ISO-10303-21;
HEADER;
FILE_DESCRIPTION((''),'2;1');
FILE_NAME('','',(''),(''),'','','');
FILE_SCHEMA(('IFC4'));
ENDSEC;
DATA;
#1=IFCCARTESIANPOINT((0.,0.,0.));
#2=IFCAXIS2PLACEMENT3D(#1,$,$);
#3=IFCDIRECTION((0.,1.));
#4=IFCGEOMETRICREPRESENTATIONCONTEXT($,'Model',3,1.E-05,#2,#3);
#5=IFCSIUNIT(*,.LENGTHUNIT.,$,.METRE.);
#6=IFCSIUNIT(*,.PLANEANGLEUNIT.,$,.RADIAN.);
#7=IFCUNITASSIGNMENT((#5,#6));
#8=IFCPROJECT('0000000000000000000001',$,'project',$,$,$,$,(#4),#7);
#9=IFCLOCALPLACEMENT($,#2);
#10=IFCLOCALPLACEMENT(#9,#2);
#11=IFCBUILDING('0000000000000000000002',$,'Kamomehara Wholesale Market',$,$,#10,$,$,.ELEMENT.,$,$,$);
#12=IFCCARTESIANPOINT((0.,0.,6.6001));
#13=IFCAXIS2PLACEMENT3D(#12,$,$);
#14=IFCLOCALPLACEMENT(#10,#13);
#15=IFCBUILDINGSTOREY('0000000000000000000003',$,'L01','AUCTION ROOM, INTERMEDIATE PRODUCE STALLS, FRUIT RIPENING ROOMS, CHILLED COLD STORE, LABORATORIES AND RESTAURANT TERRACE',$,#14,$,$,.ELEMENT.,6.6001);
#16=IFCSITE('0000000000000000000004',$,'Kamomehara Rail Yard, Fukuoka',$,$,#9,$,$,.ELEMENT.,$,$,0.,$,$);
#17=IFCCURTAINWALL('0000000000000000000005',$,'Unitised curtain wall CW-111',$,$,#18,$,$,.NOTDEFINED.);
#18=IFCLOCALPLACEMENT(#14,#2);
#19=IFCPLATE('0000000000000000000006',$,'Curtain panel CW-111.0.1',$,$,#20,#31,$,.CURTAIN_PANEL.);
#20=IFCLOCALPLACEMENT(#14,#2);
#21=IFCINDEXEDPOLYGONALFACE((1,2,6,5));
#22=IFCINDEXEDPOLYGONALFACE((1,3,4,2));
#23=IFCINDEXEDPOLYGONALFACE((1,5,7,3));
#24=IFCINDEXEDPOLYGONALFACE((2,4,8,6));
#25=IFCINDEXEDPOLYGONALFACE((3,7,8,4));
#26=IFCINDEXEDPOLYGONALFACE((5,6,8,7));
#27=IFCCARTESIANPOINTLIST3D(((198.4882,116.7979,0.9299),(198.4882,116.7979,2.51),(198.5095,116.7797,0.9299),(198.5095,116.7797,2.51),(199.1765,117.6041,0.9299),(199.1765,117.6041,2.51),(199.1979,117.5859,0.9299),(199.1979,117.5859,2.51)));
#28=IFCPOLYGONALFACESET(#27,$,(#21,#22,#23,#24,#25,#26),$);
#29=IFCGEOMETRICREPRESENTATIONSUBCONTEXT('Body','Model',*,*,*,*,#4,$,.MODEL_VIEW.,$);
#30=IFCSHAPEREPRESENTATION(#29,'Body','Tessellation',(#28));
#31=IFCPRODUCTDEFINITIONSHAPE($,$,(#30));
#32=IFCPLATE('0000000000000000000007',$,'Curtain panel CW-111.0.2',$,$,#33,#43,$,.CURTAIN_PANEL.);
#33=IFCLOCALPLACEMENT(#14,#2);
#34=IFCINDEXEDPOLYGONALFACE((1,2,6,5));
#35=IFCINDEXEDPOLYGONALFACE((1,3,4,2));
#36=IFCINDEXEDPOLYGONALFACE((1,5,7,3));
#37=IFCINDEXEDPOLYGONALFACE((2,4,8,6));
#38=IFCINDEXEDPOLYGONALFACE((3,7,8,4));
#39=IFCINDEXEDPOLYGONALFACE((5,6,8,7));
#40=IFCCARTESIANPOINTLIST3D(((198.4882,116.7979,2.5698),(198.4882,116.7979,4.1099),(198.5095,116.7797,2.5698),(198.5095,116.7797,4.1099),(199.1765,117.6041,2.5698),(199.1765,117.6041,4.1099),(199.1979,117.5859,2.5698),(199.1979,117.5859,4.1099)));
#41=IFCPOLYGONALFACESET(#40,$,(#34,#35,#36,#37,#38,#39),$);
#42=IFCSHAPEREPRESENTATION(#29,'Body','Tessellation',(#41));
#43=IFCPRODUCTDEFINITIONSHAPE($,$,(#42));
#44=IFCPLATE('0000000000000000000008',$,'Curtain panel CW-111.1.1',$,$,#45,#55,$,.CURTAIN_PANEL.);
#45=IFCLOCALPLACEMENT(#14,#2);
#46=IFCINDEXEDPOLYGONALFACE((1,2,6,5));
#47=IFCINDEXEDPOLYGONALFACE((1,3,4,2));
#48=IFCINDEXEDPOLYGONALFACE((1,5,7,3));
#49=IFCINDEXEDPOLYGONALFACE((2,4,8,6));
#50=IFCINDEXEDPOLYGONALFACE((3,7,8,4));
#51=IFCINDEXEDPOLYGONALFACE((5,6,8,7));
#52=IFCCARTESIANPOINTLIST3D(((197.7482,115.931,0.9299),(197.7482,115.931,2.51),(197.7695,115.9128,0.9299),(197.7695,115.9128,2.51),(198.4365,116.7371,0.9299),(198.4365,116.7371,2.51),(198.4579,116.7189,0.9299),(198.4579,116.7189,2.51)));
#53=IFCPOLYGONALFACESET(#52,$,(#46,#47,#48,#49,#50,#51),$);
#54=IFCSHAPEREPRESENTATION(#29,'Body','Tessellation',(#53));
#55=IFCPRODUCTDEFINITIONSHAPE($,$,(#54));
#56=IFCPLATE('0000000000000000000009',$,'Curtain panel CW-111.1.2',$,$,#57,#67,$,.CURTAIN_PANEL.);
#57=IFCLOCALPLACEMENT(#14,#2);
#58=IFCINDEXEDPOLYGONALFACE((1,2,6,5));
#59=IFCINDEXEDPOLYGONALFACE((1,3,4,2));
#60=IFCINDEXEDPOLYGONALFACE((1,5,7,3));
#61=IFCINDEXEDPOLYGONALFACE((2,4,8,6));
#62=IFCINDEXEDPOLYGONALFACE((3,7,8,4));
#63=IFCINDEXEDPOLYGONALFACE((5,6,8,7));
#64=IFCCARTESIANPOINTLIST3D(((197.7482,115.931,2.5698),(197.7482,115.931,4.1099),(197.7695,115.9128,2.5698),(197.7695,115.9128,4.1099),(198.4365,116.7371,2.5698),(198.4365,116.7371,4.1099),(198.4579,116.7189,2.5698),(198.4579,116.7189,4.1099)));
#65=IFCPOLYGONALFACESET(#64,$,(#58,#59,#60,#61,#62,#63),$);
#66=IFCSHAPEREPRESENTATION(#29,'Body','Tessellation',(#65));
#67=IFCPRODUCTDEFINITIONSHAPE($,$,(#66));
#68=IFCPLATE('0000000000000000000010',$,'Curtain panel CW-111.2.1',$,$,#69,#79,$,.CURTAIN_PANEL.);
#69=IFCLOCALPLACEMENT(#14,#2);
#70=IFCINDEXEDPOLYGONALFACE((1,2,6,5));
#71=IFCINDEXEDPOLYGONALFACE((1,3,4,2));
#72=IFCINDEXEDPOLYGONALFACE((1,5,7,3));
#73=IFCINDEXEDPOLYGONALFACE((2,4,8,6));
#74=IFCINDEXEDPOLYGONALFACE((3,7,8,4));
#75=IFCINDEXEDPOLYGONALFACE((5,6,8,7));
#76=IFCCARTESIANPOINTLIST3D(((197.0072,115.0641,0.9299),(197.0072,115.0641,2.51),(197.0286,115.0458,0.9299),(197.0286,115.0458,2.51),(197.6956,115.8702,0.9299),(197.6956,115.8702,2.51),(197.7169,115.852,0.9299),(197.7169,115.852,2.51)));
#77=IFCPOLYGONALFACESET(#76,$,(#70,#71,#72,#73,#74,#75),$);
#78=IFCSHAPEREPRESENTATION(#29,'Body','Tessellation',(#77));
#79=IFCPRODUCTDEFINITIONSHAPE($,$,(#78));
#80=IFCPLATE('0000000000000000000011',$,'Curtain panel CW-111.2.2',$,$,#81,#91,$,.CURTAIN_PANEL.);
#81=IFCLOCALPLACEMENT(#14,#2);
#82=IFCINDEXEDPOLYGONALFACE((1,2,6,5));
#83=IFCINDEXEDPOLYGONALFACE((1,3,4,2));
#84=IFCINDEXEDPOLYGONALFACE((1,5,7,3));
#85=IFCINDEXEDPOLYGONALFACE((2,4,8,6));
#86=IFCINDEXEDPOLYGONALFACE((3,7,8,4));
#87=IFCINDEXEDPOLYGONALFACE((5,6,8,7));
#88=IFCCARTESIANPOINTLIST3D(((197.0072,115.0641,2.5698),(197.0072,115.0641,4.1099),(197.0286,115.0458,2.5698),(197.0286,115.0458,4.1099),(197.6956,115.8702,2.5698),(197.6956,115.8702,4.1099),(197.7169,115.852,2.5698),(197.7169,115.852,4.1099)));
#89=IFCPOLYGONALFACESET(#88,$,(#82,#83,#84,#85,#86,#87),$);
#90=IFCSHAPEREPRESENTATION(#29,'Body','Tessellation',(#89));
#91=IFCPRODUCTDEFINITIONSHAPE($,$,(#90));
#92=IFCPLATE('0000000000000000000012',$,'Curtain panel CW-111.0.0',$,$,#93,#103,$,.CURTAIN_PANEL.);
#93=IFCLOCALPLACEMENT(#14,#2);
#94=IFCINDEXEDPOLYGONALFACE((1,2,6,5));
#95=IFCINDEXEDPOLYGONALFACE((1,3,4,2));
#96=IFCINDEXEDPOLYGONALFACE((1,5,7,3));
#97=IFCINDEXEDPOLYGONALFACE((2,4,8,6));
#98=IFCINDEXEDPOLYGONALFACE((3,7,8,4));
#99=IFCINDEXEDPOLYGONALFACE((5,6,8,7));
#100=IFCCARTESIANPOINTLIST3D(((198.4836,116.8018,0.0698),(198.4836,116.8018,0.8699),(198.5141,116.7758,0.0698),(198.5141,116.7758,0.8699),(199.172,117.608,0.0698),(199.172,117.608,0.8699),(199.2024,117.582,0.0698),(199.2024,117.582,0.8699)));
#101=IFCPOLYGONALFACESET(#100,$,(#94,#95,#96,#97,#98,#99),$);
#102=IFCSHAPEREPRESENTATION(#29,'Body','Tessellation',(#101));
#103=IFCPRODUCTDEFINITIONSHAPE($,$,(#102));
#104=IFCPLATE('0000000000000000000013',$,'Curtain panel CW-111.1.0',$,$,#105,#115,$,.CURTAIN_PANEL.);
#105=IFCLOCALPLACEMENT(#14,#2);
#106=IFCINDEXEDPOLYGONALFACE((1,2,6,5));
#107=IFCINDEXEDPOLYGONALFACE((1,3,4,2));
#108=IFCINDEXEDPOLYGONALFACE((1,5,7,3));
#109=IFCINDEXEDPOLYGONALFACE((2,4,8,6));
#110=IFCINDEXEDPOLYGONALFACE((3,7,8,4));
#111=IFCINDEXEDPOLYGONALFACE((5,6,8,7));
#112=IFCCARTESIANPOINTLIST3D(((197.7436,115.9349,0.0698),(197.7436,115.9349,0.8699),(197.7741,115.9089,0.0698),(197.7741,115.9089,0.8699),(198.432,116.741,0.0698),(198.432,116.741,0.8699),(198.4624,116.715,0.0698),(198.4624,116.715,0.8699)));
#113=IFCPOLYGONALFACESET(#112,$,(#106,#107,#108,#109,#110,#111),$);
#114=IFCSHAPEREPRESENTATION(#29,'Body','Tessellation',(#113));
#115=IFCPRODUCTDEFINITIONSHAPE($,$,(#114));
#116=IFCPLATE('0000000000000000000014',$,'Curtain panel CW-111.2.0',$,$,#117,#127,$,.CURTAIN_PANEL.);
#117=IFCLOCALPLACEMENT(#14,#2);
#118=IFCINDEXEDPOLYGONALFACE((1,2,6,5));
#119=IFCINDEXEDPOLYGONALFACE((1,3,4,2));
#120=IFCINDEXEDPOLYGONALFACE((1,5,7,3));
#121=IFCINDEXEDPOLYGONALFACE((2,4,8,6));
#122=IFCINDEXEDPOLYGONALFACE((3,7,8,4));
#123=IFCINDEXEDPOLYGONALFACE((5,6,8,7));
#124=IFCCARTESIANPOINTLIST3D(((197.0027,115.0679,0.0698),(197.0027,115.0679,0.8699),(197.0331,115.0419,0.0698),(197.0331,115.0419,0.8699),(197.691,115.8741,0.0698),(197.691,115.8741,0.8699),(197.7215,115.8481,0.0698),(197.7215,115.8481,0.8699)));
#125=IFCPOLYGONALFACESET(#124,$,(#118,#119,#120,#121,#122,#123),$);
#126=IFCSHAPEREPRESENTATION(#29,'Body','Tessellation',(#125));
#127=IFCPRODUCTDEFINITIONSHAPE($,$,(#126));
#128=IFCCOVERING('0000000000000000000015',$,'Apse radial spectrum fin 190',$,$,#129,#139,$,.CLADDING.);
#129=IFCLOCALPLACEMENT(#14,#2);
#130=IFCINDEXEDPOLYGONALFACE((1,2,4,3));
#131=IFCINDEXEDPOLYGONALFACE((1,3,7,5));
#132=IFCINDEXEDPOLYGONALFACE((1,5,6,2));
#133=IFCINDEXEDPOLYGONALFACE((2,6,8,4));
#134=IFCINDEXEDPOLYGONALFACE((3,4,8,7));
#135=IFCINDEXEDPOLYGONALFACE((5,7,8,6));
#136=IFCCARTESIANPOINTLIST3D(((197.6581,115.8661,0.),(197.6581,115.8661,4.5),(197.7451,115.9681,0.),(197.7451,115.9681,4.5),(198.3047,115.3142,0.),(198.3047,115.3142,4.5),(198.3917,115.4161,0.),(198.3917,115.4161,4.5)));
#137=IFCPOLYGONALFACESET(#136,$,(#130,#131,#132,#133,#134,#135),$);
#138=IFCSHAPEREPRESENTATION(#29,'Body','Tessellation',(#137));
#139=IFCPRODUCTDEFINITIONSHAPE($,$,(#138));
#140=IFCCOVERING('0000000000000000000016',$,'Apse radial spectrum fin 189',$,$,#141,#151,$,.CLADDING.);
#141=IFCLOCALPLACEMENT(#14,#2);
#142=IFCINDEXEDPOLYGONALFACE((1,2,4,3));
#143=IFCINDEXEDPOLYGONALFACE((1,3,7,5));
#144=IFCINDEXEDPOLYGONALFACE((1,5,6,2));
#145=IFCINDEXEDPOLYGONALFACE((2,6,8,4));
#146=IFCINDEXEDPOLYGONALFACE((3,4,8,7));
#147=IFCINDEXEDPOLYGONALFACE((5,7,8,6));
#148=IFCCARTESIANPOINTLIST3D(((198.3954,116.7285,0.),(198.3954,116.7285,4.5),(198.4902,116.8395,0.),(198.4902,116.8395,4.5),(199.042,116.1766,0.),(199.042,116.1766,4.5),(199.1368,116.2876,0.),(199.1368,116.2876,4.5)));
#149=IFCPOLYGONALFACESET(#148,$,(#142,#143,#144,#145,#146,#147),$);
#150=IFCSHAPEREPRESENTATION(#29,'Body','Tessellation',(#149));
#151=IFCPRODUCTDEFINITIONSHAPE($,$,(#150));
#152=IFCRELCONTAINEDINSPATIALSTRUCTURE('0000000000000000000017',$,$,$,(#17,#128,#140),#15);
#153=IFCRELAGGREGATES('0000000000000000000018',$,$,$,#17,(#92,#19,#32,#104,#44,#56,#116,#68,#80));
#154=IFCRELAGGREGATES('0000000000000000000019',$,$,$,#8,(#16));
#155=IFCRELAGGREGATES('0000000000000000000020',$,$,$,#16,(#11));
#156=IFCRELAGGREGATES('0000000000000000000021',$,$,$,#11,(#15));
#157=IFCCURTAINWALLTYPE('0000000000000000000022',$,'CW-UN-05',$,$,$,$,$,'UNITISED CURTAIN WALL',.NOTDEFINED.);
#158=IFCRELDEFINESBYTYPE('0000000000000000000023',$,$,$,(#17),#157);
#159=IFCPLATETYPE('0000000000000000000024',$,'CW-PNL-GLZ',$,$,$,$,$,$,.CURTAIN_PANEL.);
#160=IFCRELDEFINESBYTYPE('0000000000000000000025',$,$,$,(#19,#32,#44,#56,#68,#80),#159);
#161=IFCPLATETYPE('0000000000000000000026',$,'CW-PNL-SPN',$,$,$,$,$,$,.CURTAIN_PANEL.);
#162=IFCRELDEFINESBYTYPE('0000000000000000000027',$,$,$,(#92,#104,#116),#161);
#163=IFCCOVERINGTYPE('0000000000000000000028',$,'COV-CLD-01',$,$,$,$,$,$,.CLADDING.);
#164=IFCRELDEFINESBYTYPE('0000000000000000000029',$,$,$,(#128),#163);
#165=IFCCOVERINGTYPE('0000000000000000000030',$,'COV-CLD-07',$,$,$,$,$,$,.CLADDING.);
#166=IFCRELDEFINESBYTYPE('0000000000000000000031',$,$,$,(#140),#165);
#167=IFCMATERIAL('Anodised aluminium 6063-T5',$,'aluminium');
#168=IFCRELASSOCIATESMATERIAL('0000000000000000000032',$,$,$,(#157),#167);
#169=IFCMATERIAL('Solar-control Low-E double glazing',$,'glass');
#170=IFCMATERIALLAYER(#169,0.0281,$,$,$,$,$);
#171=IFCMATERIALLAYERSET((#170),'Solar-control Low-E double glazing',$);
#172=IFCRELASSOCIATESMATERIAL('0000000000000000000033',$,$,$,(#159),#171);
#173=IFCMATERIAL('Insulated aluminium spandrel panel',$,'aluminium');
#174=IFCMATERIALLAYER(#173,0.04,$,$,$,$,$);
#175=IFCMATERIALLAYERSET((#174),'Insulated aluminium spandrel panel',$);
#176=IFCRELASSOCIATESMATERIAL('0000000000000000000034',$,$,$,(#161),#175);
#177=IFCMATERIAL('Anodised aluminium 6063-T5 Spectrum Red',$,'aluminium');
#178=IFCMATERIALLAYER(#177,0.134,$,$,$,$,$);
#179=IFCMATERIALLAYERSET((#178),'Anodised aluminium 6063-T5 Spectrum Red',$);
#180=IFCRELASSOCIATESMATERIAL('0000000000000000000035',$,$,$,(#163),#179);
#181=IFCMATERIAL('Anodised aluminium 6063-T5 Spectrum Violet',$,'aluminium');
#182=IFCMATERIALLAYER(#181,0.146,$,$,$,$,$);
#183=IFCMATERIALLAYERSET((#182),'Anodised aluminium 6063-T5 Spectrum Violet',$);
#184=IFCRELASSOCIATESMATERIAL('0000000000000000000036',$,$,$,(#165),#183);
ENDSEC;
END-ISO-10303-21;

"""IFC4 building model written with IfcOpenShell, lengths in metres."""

from ifc_helpers import new_model, si_unit, direction, frame, origin, origin_2d, place, context, subcontext, project, spatial, rectangle, extrude, material, layer, layer_set, type_object, element, aggregate, save


model = new_model("IFC4")

# Units and contexts
model_context = context("Model", 3, precision=1e-05, world=origin(), true_north=direction((0.0, 1.0)))
body_context = subcontext(model_context, "Body", "Model", "MODEL_VIEW")
ifc_project = project(units=[si_unit("LENGTHUNIT", "METRE"), si_unit("PLANEANGLEUNIT", "RADIAN")], contexts=[model_context])

# Site, building, storey
site_placement = place(None, origin())
site = spatial("IfcSite", under=ifc_project, at=site_placement, Name="Kamomehara Rail Yard, Fukuoka", CompositionType="ELEMENT", RefElevation=0.0)
building_placement = place(site_placement, origin())
building = spatial("IfcBuilding", under=site, at=building_placement, Name="Kamomehara Wholesale Market", CompositionType="ELEMENT")
storey_placement = place(building_placement, frame((0.0, 0.0, 6.6001)))
storey = spatial("IfcBuildingStorey", under=building, at=storey_placement, Name="L01", Description="AUCTION ROOM, INTERMEDIATE PRODUCE STALLS, FRUIT RIPENING ROOMS, CHILLED COLD STORE, LABORATORIES AND RESTAURANT TERRACE", CompositionType="ELEMENT", Elevation=6.6001)

# Curtain wall
ifc_material_1 = material(Name="Anodised aluminium 6063-T5", Category="aluminium")
curtain_wall_type = type_object("IfcCurtainWallType", Name="CW-UN-05", ElementType="UNITISED CURTAIN WALL", PredefinedType="NOTDEFINED", material=ifc_material_1)
curtain_wall_1_placement = place(storey_placement, origin())
curtain_wall_1 = element("IfcCurtainWall", 1, at=curtain_wall_1_placement, inside=storey, type_object=curtain_wall_type, Name="Unitised curtain wall CW-111", PredefinedType="NOTDEFINED")

# Plates
ifc_material_2 = material(Name="Solar-control Low-E double glazing", Category="glass")
ifc_layer_1 = layer(ifc_material_2, 0.0281)
ifc_layer_set_1 = layer_set([ifc_layer_1], Name="Solar-control Low-E double glazing")
plate_type_1 = type_object("IfcPlateType", Name="CW-PNL-GLZ", PredefinedType="CURTAIN_PANEL", material=ifc_layer_set_1)
plate_1_placement = place(storey_placement, frame((198.843, 117.1919, 0.9299), z_axis=(0.0, 0.0, 1.0), x_axis=(-0.649368, -0.760474, 0.0)))
plate_1 = element("IfcPlate", 2, at=plate_1_placement, type_object=plate_type_1, Name="Curtain panel CW-111.0.1", PredefinedType="CURTAIN_PANEL", context=body_context, shape_type="SweptSolid", body=[
    extrude(rectangle(XDim=1.0601, YDim=0.0281, at=origin_2d()), origin(), (0.0, 0.0, 1.0), 1.5801),
])
plate_2_placement = place(storey_placement, frame((198.843, 117.1919, 2.5698), z_axis=(0.0, 0.0, 1.0), x_axis=(-0.649368, -0.760474, 0.0)))
plate_2 = element("IfcPlate", 3, at=plate_2_placement, type_object=plate_type_1, Name="Curtain panel CW-111.0.2", PredefinedType="CURTAIN_PANEL", context=body_context, shape_type="SweptSolid", body=[
    extrude(rectangle(XDim=1.0601, YDim=0.0281, at=origin_2d()), origin(), (0.0, 0.0, 1.0), 1.54),
])
plate_3_placement = place(storey_placement, frame((198.103, 116.325, 0.9299), z_axis=(0.0, 0.0, 1.0), x_axis=(-0.649368, -0.760474, 0.0)))
plate_3 = element("IfcPlate", 4, at=plate_3_placement, type_object=plate_type_1, Name="Curtain panel CW-111.1.1", PredefinedType="CURTAIN_PANEL", context=body_context, shape_type="SweptSolid", body=[
    extrude(rectangle(XDim=1.0601, YDim=0.0281, at=origin_2d()), origin(), (0.0, 0.0, 1.0), 1.5801),
])
plate_4_placement = place(storey_placement, frame((198.103, 116.325, 2.5698), z_axis=(0.0, 0.0, 1.0), x_axis=(-0.649368, -0.760474, 0.0)))
plate_4 = element("IfcPlate", 5, at=plate_4_placement, type_object=plate_type_1, Name="Curtain panel CW-111.1.2", PredefinedType="CURTAIN_PANEL", context=body_context, shape_type="SweptSolid", body=[
    extrude(rectangle(XDim=1.0601, YDim=0.0281, at=origin_2d()), origin(), (0.0, 0.0, 1.0), 1.54),
])
plate_5_placement = place(storey_placement, frame((197.3621, 115.458, 0.9299), z_axis=(0.0, 0.0, 1.0), x_axis=(-0.649368, -0.760474, 0.0)))
plate_5 = element("IfcPlate", 6, at=plate_5_placement, type_object=plate_type_1, Name="Curtain panel CW-111.2.1", PredefinedType="CURTAIN_PANEL", context=body_context, shape_type="SweptSolid", body=[
    extrude(rectangle(XDim=1.0601, YDim=0.0281, at=origin_2d()), origin(), (0.0, 0.0, 1.0), 1.5801),
])
plate_6_placement = place(storey_placement, frame((197.3621, 115.458, 2.5698), z_axis=(0.0, 0.0, 1.0), x_axis=(-0.649368, -0.760474, 0.0)))
plate_6 = element("IfcPlate", 7, at=plate_6_placement, type_object=plate_type_1, Name="Curtain panel CW-111.2.2", PredefinedType="CURTAIN_PANEL", context=body_context, shape_type="SweptSolid", body=[
    extrude(rectangle(XDim=1.0601, YDim=0.0281, at=origin_2d()), origin(), (0.0, 0.0, 1.0), 1.54),
])
ifc_material_3 = material(Name="Insulated aluminium spandrel panel", Category="aluminium")
ifc_layer_2 = layer(ifc_material_3, 0.04)
ifc_layer_set_2 = layer_set([ifc_layer_2], Name="Insulated aluminium spandrel panel")
plate_type_2 = type_object("IfcPlateType", Name="CW-PNL-SPN", PredefinedType="CURTAIN_PANEL", material=ifc_layer_set_2)
plate_7_placement = place(storey_placement, frame((198.843, 117.1919, 0.0698), z_axis=(0.0, 0.0, 1.0), x_axis=(-0.649368, -0.760474, 0.0)))
plate_7 = element("IfcPlate", 8, at=plate_7_placement, type_object=plate_type_2, Name="Curtain panel CW-111.0.0", PredefinedType="CURTAIN_PANEL", context=body_context, shape_type="SweptSolid", body=[
    extrude(rectangle(XDim=1.0601, YDim=0.04, at=origin_2d()), origin(), (0.0, 0.0, 1.0), 0.8),
])
plate_8_placement = place(storey_placement, frame((198.103, 116.325, 0.0698), z_axis=(0.0, 0.0, 1.0), x_axis=(-0.649368, -0.760474, 0.0)))
plate_8 = element("IfcPlate", 9, at=plate_8_placement, type_object=plate_type_2, Name="Curtain panel CW-111.1.0", PredefinedType="CURTAIN_PANEL", context=body_context, shape_type="SweptSolid", body=[
    extrude(rectangle(XDim=1.0601, YDim=0.04, at=origin_2d()), origin(), (0.0, 0.0, 1.0), 0.8),
])
plate_9_placement = place(storey_placement, frame((197.3621, 115.458, 0.0698), z_axis=(0.0, 0.0, 1.0), x_axis=(-0.649368, -0.760474, 0.0)))
plate_9 = element("IfcPlate", 10, at=plate_9_placement, type_object=plate_type_2, Name="Curtain panel CW-111.2.0", PredefinedType="CURTAIN_PANEL", context=body_context, shape_type="SweptSolid", body=[
    extrude(rectangle(XDim=1.0601, YDim=0.04, at=origin_2d()), origin(), (0.0, 0.0, 1.0), 0.8),
])
aggregate(curtain_wall_1, [plate_7, plate_1, plate_2, plate_8, plate_3, plate_4, plate_9, plate_5, plate_6])

# Coverings
ifc_material_4 = material(Name="Anodised aluminium 6063-T5 Spectrum Red", Category="aluminium")
ifc_layer_3 = layer(ifc_material_4, 0.134)
ifc_layer_set_3 = layer_set([ifc_layer_3], Name="Anodised aluminium 6063-T5 Spectrum Red")
covering_type_1 = type_object("IfcCoveringType", Name="COV-CLD-01", PredefinedType="CLADDING", material=ifc_layer_set_3)
covering_1_placement = place(storey_placement, frame((198.0249, 115.6411, 0.0), z_axis=(0.0, 0.0, 1.0), x_axis=(-0.649276, -0.760553, 0.0)))
element("IfcCovering", 11, at=covering_1_placement, inside=storey, type_object=covering_type_1, Name="Apse radial spectrum fin 190", PredefinedType="CLADDING", context=body_context, shape_type="SweptSolid", body=[
    extrude(rectangle(XDim=0.134, YDim=0.8501, at=origin_2d()), origin(), (0.0, 0.0, 1.0), 4.5),
])
ifc_material_5 = material(Name="Anodised aluminium 6063-T5 Spectrum Violet", Category="aluminium")
ifc_layer_4 = layer(ifc_material_5, 0.146)
ifc_layer_set_4 = layer_set([ifc_layer_4], Name="Anodised aluminium 6063-T5 Spectrum Violet")
covering_type_2 = type_object("IfcCoveringType", Name="COV-CLD-07", PredefinedType="CLADDING", material=ifc_layer_set_4)
covering_2_placement = place(storey_placement, frame((198.7661, 116.5081, 0.0), z_axis=(0.0, 0.0, 1.0), x_axis=(-0.649276, -0.760553, 0.0)))
element("IfcCovering", 12, at=covering_2_placement, inside=storey, type_object=covering_type_2, Name="Apse radial spectrum fin 189", PredefinedType="CLADDING", context=body_context, shape_type="SweptSolid", body=[
    extrude(rectangle(XDim=0.146, YDim=0.8501, at=origin_2d()), origin(), (0.0, 0.0, 1.0), 4.5),
])

save(model, "model.ifc")
